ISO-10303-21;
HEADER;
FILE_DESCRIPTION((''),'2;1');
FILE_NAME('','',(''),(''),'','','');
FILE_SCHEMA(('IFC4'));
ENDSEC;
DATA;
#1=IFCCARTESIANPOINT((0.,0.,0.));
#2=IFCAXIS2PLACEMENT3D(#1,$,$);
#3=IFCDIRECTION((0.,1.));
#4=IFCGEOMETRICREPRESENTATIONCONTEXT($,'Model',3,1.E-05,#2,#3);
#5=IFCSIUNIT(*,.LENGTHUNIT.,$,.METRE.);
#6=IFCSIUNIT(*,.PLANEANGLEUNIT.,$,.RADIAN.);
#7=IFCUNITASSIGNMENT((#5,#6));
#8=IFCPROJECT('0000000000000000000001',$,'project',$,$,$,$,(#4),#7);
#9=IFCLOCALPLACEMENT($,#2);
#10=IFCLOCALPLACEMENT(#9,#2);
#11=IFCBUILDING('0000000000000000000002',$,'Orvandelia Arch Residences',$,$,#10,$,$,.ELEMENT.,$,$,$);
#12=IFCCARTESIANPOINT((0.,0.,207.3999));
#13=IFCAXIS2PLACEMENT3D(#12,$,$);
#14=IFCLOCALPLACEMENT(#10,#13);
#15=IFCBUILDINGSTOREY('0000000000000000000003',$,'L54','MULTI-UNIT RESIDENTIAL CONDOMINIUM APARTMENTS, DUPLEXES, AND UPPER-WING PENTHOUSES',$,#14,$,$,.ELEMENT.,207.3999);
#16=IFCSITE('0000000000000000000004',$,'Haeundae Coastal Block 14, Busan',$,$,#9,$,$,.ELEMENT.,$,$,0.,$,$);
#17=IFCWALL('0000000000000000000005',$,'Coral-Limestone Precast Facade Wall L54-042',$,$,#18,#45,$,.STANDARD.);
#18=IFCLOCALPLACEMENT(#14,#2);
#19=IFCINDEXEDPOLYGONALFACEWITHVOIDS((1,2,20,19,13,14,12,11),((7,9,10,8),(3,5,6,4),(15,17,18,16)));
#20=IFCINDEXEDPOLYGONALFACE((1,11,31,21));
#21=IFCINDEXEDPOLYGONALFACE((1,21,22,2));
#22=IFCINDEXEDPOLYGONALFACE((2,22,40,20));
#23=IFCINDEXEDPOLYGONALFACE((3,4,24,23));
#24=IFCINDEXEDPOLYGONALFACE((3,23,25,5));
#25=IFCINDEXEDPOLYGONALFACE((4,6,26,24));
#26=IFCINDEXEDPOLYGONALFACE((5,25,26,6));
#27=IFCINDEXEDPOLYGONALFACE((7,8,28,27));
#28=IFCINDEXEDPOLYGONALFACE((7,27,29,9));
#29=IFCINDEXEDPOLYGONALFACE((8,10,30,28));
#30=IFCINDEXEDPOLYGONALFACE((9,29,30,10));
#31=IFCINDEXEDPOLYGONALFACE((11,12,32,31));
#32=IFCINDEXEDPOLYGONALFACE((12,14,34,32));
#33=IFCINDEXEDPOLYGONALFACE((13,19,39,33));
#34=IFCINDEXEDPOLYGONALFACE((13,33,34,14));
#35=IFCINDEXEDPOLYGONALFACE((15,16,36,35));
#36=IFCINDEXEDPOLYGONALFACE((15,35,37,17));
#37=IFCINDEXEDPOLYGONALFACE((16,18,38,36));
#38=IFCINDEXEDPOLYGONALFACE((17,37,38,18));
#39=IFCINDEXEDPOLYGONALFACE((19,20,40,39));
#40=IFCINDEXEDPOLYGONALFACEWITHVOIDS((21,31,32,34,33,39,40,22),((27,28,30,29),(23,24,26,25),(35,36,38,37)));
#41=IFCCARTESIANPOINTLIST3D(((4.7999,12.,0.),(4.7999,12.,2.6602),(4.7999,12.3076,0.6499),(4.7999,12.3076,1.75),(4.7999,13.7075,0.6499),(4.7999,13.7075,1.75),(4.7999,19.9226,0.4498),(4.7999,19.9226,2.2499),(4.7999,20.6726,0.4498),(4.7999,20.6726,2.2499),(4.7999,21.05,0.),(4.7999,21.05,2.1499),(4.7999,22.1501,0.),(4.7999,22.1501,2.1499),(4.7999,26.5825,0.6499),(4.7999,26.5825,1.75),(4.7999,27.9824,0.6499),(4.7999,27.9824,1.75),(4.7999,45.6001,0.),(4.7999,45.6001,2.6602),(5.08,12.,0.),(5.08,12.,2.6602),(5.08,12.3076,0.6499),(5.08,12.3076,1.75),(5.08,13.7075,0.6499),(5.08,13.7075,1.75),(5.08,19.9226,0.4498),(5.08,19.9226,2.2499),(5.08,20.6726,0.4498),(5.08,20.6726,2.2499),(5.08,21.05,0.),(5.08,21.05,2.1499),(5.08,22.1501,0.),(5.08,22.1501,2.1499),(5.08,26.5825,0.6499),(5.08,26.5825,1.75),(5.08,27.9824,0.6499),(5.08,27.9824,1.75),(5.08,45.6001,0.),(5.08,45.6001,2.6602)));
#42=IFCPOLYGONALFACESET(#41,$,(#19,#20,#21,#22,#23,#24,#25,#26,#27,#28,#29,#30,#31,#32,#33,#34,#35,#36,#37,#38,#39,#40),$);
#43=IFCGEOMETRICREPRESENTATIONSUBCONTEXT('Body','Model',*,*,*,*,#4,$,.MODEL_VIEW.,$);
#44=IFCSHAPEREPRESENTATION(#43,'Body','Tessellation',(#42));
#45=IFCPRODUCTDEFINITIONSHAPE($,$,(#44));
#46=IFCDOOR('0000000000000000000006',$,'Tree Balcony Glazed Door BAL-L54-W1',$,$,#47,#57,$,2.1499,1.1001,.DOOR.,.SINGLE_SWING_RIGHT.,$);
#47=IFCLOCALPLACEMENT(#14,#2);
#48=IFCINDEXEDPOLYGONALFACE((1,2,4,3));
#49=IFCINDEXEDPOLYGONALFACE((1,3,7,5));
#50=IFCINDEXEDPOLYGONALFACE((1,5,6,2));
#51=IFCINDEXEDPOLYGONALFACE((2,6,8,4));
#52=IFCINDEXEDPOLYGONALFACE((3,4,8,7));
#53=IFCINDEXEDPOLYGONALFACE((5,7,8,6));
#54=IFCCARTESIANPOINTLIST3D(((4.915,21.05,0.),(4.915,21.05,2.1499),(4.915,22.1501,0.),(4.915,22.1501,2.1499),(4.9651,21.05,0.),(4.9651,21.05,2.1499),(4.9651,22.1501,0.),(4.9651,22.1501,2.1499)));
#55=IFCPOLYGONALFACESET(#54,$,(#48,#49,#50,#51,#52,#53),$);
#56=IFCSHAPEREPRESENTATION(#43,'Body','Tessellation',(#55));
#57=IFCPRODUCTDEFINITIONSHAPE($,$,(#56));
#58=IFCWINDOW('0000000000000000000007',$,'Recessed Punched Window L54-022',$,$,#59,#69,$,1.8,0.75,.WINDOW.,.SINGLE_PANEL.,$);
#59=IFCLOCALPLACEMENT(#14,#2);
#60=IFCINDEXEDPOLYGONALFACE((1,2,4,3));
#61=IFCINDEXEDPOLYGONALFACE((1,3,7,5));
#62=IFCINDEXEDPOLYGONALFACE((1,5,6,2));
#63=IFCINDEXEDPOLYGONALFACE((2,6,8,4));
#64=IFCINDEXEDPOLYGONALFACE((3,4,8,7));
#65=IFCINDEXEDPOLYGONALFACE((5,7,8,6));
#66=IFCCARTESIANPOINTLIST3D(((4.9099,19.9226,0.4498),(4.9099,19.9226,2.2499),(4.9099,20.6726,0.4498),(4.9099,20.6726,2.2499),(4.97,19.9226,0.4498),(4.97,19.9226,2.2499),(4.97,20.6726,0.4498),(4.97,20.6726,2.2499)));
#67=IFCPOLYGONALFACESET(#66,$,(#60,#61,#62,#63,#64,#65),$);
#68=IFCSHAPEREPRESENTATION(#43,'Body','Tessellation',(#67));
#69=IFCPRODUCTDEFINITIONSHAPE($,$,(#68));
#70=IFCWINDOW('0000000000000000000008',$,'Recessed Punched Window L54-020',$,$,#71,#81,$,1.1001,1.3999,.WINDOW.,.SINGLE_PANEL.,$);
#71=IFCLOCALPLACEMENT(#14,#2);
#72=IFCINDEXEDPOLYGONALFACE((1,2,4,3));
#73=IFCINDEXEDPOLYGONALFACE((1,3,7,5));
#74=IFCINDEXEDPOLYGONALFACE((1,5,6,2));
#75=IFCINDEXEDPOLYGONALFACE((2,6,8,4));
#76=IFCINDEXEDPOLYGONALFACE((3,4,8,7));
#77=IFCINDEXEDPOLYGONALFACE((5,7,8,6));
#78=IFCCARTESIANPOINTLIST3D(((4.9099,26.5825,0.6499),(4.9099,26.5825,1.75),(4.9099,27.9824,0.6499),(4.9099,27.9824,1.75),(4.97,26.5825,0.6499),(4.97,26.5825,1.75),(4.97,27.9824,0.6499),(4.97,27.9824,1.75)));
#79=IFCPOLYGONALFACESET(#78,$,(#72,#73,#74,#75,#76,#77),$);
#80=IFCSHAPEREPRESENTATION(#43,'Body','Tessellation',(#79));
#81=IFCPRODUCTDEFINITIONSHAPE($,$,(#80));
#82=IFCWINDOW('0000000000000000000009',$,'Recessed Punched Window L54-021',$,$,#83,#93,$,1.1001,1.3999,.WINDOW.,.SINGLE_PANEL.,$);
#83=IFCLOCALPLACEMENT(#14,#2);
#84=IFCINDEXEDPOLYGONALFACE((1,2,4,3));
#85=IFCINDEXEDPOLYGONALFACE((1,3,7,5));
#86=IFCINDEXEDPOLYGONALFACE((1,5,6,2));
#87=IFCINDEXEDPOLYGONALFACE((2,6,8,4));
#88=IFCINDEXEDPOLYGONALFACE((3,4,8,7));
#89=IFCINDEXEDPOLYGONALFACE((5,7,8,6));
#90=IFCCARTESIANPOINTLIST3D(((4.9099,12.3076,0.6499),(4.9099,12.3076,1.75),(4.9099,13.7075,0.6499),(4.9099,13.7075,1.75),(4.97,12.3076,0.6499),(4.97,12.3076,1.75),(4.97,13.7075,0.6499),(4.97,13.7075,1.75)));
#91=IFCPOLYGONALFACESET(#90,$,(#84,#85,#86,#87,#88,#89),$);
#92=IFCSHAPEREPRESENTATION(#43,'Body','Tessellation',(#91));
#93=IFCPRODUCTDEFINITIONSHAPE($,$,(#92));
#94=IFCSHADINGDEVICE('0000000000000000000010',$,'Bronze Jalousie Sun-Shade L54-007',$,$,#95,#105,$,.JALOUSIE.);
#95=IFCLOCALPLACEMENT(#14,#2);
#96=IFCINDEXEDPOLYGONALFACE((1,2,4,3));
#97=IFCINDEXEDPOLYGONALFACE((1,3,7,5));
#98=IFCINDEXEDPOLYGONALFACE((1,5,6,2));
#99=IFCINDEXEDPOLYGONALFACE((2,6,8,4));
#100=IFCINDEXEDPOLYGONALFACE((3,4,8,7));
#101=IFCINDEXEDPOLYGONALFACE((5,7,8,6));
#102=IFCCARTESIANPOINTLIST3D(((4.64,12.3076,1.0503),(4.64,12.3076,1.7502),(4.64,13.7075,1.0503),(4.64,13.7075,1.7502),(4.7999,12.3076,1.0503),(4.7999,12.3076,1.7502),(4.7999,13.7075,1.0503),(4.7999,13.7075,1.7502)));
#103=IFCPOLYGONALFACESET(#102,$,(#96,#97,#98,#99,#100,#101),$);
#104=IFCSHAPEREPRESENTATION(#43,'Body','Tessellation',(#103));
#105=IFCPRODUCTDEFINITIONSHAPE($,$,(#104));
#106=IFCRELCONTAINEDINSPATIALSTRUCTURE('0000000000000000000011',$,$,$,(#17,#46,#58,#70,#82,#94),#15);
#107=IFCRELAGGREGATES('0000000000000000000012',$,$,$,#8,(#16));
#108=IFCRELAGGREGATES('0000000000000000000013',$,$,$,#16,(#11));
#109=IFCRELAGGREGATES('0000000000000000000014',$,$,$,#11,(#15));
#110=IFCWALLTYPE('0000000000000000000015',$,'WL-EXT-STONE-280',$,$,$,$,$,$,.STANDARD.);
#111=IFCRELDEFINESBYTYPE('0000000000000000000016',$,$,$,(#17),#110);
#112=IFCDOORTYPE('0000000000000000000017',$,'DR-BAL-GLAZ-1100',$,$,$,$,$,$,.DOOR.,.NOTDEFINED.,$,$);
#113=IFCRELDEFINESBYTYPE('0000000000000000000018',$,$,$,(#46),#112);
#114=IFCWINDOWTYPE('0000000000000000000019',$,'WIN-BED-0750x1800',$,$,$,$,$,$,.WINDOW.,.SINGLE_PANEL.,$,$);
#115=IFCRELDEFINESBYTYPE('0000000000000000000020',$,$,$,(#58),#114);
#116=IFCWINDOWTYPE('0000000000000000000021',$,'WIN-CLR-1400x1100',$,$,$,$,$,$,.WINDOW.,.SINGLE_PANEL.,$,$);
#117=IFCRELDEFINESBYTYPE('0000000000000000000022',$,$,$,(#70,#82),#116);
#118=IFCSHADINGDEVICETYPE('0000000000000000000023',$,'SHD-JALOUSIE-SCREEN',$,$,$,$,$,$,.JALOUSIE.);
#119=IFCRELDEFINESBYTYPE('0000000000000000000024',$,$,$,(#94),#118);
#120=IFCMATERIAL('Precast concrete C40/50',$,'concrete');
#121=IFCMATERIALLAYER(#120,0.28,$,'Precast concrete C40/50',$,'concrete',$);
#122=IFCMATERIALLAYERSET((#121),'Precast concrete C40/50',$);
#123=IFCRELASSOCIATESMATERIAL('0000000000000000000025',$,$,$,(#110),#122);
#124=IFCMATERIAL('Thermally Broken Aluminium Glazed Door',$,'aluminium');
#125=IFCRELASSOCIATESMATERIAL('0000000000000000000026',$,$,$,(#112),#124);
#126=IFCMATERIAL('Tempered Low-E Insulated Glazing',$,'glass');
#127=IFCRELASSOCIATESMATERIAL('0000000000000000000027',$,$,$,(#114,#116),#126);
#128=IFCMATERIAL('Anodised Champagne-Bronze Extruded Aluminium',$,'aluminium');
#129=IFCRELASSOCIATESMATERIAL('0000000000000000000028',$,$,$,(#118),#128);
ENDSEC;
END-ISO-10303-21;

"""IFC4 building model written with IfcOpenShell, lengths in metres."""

from ifc_helpers import new_model, si_unit, direction, frame, frame_2d, origin, origin_2d, place, context, subcontext, project, spatial, rectangle, extrude, material, layer, layer_set, type_object, element, fill, save


model = new_model("IFC4")

# Units and contexts
model_context = context("Model", 3, precision=1e-05, world=origin(), true_north=direction((0.0, 1.0)))
body_context = subcontext(model_context, "Body", "Model", "MODEL_VIEW")
ifc_project = project(units=[si_unit("LENGTHUNIT", "METRE"), si_unit("PLANEANGLEUNIT", "RADIAN")], contexts=[model_context])

# Site, building, storey
site_placement = place(None, origin())
site = spatial("IfcSite", under=ifc_project, at=site_placement, Name="Haeundae Coastal Block 14, Busan", CompositionType="ELEMENT", RefElevation=0.0)
building_placement = place(site_placement, origin())
building = spatial("IfcBuilding", under=site, at=building_placement, Name="Orvandelia Arch Residences", CompositionType="ELEMENT")
storey_placement = place(building_placement, frame((0.0, 0.0, 207.3999)))
storey = spatial("IfcBuildingStorey", under=building, at=storey_placement, Name="L54", Description="MULTI-UNIT RESIDENTIAL CONDOMINIUM APARTMENTS, DUPLEXES, AND UPPER-WING PENTHOUSES", CompositionType="ELEMENT", Elevation=207.3999)

# Shared definitions
ifc_material_1 = material(Name="Precast concrete C40/50", Category="concrete")

# Shared definitions
ifc_layer_1 = layer(ifc_material_1, 0.28, Name="Precast concrete C40/50", Category="concrete")
ifc_layer_set_1 = layer_set([ifc_layer_1], Name="Precast concrete C40/50")
wall_type = type_object("IfcWallType", Name="WL-EXT-STONE-280", PredefinedType="STANDARD", material=ifc_layer_set_1)

# Wall, openings, door, windows
wall_1_placement = place(storey_placement, frame((4.9399, 12.0, 0.0), z_axis=(0.0, 0.0, 1.0), x_axis=(0.0, 1.0, 0.0)))
wall_1 = element("IfcWall", 1, at=wall_1_placement, inside=storey, type_object=wall_type, Name="Coral-Limestone Precast Facade Wall L54-042", PredefinedType="STANDARD", context=body_context, shape_type="SweptSolid", body=[
    extrude(rectangle(XDim=33.6001, YDim=0.28, at=frame_2d((16.8, 0.0))), origin(), (0.0, 0.0, 1.0), 2.6602),
])
opening_1_placement = place(wall_1_placement, frame((9.05, 0.0, 0.0)))
opening_1 = element("IfcOpeningElement", 2, at=opening_1_placement, cuts=wall_1, PredefinedType="OPENING", context=body_context, shape_type="SweptSolid", body=[
    extrude(rectangle(XDim=1.1001, YDim=2.1499, at=frame_2d((0.55, 1.075))), frame((0.0, 0.1499, 0.0), z_axis=(0.0, -1.0, 0.0), x_axis=(1.0, 0.0, 0.0)), (0.0, 0.0, 1.0), 0.3),
])
opening_2_placement = place(wall_1_placement, frame((14.5825, 0.0, 0.6499)))
opening_2 = element("IfcOpeningElement", 3, at=opening_2_placement, cuts=wall_1, PredefinedType="OPENING", context=body_context, shape_type="SweptSolid", body=[
    extrude(rectangle(XDim=1.3999, YDim=1.1001, at=frame_2d((0.7, 0.55))), frame((0.0, 0.1499, 0.0), z_axis=(0.0, -1.0, 0.0), x_axis=(1.0, 0.0, 0.0)), (0.0, 0.0, 1.0), 0.3),
])
opening_3_placement = place(wall_1_placement, frame((0.3076, 0.0, 0.6499)))
opening_3 = element("IfcOpeningElement", 4, at=opening_3_placement, cuts=wall_1, PredefinedType="OPENING", context=body_context, shape_type="SweptSolid", body=[
    extrude(rectangle(XDim=1.3999, YDim=1.1001, at=frame_2d((0.7, 0.55))), frame((0.0, 0.1499, 0.0), z_axis=(0.0, -1.0, 0.0), x_axis=(1.0, 0.0, 0.0)), (0.0, 0.0, 1.0), 0.3),
])
opening_4_placement = place(wall_1_placement, frame((7.9226, 0.0, 0.45)))
opening_4 = element("IfcOpeningElement", 5, at=opening_4_placement, cuts=wall_1, PredefinedType="OPENING", context=body_context, shape_type="SweptSolid", body=[
    extrude(rectangle(XDim=0.75, YDim=1.8, at=frame_2d((0.375, 0.8999))), frame((0.0, 0.1499, 0.0), z_axis=(0.0, -1.0, 0.0), x_axis=(1.0, 0.0, 0.0)), (0.0, 0.0, 1.0), 0.3),
])
ifc_material_2 = material(Name="Thermally Broken Aluminium Glazed Door", Category="aluminium")
door_type = type_object("IfcDoorType", Name="DR-BAL-GLAZ-1100", OperationType="NOTDEFINED", PredefinedType="DOOR", material=ifc_material_2)
door_placement = place(opening_1_placement, origin())
door = element("IfcDoor", 6, at=door_placement, inside=storey, type_object=door_type, Name="Tree Balcony Glazed Door BAL-L54-W1", OperationType="SINGLE_SWING_RIGHT", OverallHeight=2.1499, OverallWidth=1.1001, PredefinedType="DOOR", context=body_context, shape_type="SweptSolid", body=[
    extrude(rectangle(XDim=1.1001, YDim=2.1499, at=frame_2d((0.55, 1.075))), frame((0.0, 0.0249, 0.0), z_axis=(0.0, -1.0, 0.0), x_axis=(1.0, 0.0, 0.0)), (0.0, 0.0, 1.0), 0.05),
])
fill(opening_1, door)
ifc_material_3 = material(Name="Tempered Low-E Insulated Glazing", Category="glass")
window_type_1 = type_object("IfcWindowType", Name="WIN-BED-0750x1800", PartitioningType="SINGLE_PANEL", PredefinedType="WINDOW", material=ifc_material_3)
window_1_placement = place(opening_4_placement, origin())
window_1 = element("IfcWindow", 7, at=window_1_placement, inside=storey, type_object=window_type_1, Name="Recessed Punched Window L54-022", OverallHeight=1.8, OverallWidth=0.75, PartitioningType="SINGLE_PANEL", PredefinedType="WINDOW", context=body_context, shape_type="SweptSolid", body=[
    extrude(rectangle(XDim=0.75, YDim=1.8, at=frame_2d((0.375, 0.8999))), frame((0.0, 0.03, 0.0), z_axis=(0.0, -1.0, 0.0), x_axis=(1.0, 0.0, 0.0)), (0.0, 0.0, 1.0), 0.0601),
])
fill(opening_4, window_1)
window_type_2 = type_object("IfcWindowType", Name="WIN-CLR-1400x1100", PartitioningType="SINGLE_PANEL", PredefinedType="WINDOW", material=ifc_material_3)
window_2_placement = place(opening_2_placement, origin())
window_2 = element("IfcWindow", 8, at=window_2_placement, inside=storey, type_object=window_type_2, Name="Recessed Punched Window L54-020", OverallHeight=1.1001, OverallWidth=1.3999, PartitioningType="SINGLE_PANEL", PredefinedType="WINDOW", context=body_context, shape_type="SweptSolid", body=[
    extrude(rectangle(XDim=1.3999, YDim=1.1001, at=frame_2d((0.7, 0.55))), frame((0.0, 0.03, 0.0), z_axis=(0.0, -1.0, 0.0), x_axis=(1.0, 0.0, 0.0)), (0.0, 0.0, 1.0), 0.0601),
])
fill(opening_2, window_2)
window_3_placement = place(opening_3_placement, origin())
window_3 = element("IfcWindow", 9, at=window_3_placement, inside=storey, type_object=window_type_2, Name="Recessed Punched Window L54-021", OverallHeight=1.1001, OverallWidth=1.3999, PartitioningType="SINGLE_PANEL", PredefinedType="WINDOW", context=body_context, shape_type="SweptSolid", body=[
    extrude(rectangle(XDim=1.3999, YDim=1.1001, at=frame_2d((0.7, 0.55))), frame((0.0, 0.03, 0.0), z_axis=(0.0, -1.0, 0.0), x_axis=(1.0, 0.0, 0.0)), (0.0, 0.0, 1.0), 0.0601),
])
fill(opening_3, window_3)

# Shading device
ifc_material_4 = material(Name="Anodised Champagne-Bronze Extruded Aluminium", Category="aluminium")
shading_device_type = type_object("IfcShadingDeviceType", Name="SHD-JALOUSIE-SCREEN", PredefinedType="JALOUSIE", material=ifc_material_4)
shading_device_placement = place(storey_placement, frame((4.72, 13.0076, 1.0503), z_axis=(0.0, 0.0, 1.0), x_axis=(0.0, 1.0, 0.0)))
element("IfcShadingDevice", 10, at=shading_device_placement, inside=storey, type_object=shading_device_type, Name="Bronze Jalousie Sun-Shade L54-007", PredefinedType="JALOUSIE", context=body_context, shape_type="SweptSolid", body=[
    extrude(rectangle(XDim=1.3999, YDim=0.1599, at=origin_2d()), origin(), (0.0, 0.0, 1.0), 0.7),
])

save(model, "model.ifc")
